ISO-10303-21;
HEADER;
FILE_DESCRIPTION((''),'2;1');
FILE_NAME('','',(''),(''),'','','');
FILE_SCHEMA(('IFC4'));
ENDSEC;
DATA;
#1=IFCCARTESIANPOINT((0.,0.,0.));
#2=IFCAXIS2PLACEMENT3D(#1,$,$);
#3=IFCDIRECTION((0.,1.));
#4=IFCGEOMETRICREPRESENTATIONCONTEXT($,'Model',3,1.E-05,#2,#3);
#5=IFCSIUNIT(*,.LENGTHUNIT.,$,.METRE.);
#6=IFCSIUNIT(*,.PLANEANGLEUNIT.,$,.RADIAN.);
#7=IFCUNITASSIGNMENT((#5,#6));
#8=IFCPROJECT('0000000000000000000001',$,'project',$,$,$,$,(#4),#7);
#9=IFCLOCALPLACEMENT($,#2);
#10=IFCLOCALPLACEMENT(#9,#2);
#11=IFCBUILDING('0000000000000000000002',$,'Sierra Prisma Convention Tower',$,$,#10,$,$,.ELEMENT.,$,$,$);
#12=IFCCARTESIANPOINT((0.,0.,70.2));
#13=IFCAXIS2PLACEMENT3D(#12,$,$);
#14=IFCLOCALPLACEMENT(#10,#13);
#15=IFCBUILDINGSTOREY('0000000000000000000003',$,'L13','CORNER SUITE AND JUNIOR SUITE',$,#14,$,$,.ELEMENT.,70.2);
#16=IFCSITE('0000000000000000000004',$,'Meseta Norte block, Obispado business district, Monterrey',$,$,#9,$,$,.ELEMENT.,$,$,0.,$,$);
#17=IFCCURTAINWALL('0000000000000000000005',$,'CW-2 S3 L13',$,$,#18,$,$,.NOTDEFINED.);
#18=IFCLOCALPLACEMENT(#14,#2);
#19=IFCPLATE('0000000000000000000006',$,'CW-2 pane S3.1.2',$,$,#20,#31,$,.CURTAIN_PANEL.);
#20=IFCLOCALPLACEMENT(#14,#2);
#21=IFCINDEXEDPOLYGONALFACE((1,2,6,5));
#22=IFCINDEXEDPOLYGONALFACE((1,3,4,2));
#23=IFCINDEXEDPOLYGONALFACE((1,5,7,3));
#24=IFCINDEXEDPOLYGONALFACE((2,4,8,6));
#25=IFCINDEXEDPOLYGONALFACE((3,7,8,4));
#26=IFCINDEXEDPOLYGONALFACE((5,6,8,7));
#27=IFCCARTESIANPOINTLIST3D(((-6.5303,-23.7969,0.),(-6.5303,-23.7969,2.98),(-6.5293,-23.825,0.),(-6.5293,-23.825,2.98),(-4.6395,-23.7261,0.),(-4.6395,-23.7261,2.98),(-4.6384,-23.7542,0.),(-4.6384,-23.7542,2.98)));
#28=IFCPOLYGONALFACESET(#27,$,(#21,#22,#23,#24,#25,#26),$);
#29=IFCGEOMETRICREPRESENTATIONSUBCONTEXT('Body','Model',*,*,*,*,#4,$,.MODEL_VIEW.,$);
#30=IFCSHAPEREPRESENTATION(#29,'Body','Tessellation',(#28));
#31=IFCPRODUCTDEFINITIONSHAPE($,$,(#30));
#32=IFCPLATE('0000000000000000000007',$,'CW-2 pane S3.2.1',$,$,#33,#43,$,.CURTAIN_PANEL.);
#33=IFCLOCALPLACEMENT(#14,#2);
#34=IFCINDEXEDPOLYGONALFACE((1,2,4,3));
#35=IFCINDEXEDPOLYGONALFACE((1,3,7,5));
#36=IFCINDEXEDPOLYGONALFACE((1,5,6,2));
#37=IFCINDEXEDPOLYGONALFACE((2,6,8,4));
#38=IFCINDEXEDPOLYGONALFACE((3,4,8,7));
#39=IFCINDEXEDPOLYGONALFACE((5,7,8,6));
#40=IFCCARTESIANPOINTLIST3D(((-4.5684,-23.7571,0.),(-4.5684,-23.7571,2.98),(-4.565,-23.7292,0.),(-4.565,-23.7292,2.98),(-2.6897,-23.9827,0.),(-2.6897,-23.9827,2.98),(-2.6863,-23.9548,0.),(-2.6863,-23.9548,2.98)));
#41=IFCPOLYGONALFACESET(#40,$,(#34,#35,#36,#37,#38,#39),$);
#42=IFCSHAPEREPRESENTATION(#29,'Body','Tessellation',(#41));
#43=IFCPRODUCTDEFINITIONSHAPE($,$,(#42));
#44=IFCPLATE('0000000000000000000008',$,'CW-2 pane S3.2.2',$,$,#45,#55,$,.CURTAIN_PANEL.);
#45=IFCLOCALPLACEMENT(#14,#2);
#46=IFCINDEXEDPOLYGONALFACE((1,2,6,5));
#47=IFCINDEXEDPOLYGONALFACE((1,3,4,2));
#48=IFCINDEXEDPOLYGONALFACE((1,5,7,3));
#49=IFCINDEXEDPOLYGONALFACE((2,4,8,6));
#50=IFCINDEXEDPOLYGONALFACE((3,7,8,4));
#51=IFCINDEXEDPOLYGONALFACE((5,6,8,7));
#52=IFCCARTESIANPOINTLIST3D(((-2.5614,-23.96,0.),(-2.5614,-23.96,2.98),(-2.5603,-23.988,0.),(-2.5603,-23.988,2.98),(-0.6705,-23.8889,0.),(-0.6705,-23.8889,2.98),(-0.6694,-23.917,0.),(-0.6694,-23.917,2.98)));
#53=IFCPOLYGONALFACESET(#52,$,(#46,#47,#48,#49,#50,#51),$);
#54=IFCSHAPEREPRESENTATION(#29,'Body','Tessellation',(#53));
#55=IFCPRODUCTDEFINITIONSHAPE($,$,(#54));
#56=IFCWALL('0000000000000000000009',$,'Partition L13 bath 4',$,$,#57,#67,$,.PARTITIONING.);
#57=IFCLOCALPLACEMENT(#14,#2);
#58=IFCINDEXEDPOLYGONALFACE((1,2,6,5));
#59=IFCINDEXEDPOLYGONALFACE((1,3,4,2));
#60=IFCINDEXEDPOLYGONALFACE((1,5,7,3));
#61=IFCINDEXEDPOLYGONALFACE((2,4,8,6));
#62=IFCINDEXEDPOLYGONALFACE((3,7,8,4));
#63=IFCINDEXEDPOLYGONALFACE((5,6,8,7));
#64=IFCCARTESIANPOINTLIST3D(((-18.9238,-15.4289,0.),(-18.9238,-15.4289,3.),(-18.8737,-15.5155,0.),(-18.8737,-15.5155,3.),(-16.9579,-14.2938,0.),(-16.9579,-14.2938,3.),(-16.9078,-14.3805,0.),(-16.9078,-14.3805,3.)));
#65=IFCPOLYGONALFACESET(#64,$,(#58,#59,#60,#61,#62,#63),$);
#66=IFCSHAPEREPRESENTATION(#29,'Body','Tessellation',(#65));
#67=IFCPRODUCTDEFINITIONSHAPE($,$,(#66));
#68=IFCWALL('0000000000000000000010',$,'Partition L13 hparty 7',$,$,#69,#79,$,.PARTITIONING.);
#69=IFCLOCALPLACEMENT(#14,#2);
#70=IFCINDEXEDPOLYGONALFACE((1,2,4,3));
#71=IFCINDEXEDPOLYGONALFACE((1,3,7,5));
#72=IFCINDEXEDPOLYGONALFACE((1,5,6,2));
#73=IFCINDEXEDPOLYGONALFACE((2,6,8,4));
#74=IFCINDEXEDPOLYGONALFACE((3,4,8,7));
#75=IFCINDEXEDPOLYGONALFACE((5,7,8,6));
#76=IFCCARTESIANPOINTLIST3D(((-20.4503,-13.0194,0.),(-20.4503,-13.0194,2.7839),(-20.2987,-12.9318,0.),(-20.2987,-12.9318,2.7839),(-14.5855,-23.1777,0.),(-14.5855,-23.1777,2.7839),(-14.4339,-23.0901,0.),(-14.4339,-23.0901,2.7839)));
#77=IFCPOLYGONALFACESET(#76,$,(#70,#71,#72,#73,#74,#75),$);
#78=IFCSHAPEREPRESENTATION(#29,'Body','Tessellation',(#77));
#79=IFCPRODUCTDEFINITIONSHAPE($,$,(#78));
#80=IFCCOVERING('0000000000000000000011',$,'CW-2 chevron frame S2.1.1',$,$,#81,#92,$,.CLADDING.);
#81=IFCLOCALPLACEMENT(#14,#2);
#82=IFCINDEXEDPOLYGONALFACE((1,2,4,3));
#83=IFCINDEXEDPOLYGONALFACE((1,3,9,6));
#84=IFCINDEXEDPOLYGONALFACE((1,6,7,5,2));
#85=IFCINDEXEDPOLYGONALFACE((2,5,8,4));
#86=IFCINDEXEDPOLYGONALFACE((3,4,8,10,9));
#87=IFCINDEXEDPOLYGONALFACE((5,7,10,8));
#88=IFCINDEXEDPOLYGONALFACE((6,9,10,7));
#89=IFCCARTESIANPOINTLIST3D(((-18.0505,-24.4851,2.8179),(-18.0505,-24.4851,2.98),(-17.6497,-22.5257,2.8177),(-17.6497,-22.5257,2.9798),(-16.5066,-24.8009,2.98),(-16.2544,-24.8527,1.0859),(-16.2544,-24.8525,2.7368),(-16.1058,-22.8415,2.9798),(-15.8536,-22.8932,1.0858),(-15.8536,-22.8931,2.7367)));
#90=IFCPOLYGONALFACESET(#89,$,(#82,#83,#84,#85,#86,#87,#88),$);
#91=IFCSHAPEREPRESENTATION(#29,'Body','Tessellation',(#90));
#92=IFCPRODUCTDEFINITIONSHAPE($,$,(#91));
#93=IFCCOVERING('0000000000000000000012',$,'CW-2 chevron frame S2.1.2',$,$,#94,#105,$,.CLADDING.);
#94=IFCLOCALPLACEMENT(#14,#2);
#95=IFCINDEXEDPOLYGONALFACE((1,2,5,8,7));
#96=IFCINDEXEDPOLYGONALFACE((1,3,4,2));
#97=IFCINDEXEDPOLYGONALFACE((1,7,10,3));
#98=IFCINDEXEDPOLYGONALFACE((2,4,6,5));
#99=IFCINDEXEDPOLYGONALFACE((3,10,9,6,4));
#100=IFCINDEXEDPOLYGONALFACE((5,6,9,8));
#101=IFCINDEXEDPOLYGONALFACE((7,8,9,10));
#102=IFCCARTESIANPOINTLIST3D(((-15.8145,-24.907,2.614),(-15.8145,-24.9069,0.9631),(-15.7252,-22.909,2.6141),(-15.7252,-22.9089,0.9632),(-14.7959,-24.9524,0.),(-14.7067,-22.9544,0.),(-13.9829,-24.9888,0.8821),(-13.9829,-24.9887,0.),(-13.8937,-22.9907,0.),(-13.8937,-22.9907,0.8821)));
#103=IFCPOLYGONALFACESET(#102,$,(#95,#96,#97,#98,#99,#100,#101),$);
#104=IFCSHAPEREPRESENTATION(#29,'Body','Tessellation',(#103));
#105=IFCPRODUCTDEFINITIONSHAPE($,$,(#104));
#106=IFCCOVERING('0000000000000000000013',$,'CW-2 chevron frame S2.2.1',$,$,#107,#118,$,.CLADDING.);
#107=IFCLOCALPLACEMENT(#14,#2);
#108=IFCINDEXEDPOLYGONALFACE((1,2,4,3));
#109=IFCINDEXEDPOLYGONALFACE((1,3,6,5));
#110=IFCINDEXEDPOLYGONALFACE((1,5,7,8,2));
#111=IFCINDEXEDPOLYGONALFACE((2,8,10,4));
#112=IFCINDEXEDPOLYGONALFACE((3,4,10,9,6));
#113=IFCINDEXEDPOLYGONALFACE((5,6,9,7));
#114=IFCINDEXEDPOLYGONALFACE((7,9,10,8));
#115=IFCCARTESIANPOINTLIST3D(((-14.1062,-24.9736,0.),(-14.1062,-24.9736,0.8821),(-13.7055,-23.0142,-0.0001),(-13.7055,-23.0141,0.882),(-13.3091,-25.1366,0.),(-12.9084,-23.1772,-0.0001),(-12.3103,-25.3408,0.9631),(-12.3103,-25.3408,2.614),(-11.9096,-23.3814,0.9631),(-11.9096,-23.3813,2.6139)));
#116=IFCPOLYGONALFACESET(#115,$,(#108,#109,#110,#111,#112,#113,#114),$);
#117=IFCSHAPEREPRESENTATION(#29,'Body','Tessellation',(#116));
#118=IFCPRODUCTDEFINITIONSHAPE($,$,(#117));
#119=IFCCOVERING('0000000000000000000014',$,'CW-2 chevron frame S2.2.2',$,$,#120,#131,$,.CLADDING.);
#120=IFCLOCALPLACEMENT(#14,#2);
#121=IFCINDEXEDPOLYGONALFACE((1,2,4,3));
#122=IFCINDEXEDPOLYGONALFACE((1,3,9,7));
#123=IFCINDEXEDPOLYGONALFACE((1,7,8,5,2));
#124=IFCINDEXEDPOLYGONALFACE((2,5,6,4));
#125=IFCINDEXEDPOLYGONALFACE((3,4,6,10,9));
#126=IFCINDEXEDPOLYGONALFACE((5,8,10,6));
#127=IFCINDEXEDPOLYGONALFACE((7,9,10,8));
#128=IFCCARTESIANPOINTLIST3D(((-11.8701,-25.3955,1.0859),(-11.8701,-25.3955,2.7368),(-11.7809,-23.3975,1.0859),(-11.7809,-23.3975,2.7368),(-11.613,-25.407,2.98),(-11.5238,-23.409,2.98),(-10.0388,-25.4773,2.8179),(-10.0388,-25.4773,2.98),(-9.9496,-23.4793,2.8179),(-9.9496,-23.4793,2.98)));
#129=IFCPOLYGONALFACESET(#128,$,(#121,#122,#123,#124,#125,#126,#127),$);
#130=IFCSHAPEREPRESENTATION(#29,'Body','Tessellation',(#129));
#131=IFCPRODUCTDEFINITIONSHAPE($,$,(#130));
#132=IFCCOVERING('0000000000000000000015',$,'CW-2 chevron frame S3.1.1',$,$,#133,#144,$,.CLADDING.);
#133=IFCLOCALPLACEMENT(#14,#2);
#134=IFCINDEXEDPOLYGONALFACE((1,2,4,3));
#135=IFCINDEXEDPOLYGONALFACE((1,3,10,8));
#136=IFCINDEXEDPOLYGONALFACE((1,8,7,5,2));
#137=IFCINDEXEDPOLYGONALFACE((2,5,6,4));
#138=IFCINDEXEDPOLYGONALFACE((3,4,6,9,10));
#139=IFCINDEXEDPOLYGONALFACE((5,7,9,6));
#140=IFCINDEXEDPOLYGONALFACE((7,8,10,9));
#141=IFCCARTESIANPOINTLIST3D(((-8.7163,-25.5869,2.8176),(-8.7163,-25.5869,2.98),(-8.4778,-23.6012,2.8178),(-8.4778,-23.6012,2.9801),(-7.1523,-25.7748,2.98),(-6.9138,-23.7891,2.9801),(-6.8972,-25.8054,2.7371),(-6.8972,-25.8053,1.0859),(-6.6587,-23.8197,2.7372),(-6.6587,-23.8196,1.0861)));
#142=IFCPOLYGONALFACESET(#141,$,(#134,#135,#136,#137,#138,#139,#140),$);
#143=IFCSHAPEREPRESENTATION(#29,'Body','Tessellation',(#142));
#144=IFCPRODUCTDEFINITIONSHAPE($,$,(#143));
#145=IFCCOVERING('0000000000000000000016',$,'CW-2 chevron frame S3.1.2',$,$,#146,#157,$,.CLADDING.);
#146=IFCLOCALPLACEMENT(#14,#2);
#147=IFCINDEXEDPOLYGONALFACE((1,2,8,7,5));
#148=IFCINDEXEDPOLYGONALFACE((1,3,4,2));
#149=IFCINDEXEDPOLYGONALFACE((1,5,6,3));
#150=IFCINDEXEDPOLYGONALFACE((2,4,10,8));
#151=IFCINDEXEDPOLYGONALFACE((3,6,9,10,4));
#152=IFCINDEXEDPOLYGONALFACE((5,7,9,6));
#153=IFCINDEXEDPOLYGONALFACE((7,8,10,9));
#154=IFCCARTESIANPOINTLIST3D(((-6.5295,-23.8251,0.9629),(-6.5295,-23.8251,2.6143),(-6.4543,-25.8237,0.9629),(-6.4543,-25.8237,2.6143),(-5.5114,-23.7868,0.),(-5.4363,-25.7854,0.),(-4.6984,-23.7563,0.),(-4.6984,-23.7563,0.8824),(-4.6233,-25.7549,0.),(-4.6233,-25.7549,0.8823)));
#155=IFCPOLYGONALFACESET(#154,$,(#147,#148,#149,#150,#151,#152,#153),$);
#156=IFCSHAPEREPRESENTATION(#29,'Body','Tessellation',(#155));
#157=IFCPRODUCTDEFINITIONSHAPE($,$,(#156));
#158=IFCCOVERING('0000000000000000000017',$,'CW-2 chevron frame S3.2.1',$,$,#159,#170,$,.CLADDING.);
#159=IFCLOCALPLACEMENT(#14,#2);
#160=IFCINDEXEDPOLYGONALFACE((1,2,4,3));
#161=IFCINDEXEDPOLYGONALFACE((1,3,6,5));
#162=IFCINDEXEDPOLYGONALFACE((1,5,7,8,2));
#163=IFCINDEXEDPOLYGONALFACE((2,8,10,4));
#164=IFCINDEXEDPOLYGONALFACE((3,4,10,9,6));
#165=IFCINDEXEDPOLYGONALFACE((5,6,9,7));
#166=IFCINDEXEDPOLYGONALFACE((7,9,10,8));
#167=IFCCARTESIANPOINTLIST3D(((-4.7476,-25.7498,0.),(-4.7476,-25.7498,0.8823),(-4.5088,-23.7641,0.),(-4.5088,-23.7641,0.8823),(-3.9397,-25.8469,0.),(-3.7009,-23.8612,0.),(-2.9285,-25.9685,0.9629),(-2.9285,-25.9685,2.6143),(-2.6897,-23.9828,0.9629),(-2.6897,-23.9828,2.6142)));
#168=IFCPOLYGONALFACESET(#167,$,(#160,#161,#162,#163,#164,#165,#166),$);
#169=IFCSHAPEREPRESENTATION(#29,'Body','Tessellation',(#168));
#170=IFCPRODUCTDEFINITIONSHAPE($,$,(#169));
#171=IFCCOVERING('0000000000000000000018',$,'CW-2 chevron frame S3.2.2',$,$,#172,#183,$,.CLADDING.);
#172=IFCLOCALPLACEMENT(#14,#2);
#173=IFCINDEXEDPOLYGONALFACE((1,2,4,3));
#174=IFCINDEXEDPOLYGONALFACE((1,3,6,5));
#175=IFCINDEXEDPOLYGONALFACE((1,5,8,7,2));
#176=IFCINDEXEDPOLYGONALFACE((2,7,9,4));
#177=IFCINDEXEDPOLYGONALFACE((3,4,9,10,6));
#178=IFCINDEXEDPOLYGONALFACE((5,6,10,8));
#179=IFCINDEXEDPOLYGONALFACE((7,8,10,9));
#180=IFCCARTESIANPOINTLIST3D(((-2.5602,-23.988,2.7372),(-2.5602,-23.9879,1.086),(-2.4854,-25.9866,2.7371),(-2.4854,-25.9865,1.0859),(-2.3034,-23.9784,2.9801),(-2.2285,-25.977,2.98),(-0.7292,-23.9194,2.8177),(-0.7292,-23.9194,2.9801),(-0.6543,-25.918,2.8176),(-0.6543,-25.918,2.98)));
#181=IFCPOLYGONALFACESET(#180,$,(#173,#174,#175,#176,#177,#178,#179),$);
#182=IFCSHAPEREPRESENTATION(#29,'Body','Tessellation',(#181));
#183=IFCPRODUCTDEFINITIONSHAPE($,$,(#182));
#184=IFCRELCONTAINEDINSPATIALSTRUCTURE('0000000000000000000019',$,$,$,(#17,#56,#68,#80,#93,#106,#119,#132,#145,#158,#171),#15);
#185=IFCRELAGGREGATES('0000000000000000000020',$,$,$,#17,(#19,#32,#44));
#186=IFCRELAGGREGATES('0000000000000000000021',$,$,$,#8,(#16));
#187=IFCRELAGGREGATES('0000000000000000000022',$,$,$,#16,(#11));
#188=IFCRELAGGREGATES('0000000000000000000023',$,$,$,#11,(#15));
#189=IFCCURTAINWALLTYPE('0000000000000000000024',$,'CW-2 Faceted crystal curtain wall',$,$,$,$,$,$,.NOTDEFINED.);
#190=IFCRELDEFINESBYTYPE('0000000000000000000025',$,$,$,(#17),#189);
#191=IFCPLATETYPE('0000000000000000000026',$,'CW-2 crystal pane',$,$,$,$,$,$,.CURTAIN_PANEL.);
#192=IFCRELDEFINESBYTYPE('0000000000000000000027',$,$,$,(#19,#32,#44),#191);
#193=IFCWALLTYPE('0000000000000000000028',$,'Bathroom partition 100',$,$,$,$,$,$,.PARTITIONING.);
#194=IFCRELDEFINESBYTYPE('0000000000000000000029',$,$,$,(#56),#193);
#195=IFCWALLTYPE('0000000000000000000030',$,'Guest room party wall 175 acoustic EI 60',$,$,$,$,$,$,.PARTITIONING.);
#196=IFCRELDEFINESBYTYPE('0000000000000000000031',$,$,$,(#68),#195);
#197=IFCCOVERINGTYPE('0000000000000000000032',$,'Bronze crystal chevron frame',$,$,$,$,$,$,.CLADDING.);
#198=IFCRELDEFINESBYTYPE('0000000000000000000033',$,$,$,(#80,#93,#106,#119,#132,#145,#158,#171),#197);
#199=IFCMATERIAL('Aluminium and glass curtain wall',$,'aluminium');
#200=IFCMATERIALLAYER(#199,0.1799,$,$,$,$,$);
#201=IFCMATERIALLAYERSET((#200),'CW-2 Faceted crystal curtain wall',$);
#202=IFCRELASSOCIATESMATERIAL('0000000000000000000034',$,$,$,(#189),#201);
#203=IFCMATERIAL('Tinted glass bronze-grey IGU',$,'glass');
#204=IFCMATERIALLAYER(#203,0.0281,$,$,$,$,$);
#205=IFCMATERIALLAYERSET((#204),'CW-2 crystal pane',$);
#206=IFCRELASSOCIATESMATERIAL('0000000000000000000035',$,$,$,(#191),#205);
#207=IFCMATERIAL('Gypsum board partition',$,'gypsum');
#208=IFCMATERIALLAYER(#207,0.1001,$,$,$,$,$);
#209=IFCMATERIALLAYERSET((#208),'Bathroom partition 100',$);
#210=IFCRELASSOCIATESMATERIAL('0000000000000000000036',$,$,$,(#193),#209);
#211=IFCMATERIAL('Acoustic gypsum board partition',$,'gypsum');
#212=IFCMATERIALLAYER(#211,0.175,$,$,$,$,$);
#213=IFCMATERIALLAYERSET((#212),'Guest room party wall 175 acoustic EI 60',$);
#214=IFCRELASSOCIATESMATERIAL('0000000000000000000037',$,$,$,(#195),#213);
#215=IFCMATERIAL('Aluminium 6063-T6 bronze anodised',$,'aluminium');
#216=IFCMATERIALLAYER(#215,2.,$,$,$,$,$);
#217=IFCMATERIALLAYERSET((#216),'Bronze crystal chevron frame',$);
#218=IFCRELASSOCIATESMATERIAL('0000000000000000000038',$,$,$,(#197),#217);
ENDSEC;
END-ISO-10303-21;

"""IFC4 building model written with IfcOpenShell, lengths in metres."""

from ifc_helpers import new_model, si_unit, direction, frame, frame_2d, origin, place, context, subcontext, project, spatial, polyline, rectangle, outline, extrude, material, layer, layer_set, type_object, element, aggregate, save


model = new_model("IFC4")

# Units and contexts
model_context = context("Model", 3, precision=1e-05, world=origin(), true_north=direction((0.0, 1.0)))
body_context = subcontext(model_context, "Body", "Model", "MODEL_VIEW")
ifc_project = project(units=[si_unit("LENGTHUNIT", "METRE"), si_unit("PLANEANGLEUNIT", "RADIAN")], contexts=[model_context])

# Site, building, storey
site_placement = place(None, origin())
site = spatial("IfcSite", under=ifc_project, at=site_placement, Name="Meseta Norte block, Obispado business district, Monterrey", CompositionType="ELEMENT", RefElevation=0.0)
building_placement = place(site_placement, origin())
building = spatial("IfcBuilding", under=site, at=building_placement, Name="Sierra Prisma Convention Tower", CompositionType="ELEMENT")
storey_placement = place(building_placement, frame((0.0, 0.0, 70.2)))
storey = spatial("IfcBuildingStorey", under=building, at=storey_placement, Name="L13", Description="CORNER SUITE AND JUNIOR SUITE", CompositionType="ELEMENT", Elevation=70.2)

# Curtain wall
ifc_material_1 = material(Name="Aluminium and glass curtain wall", Category="aluminium")
ifc_layer_1 = layer(ifc_material_1, 0.1799)
ifc_layer_set_1 = layer_set([ifc_layer_1], Name="CW-2 Faceted crystal curtain wall")
curtain_wall_type = type_object("IfcCurtainWallType", Name="CW-2 Faceted crystal curtain wall", PredefinedType="NOTDEFINED", material=ifc_layer_set_1)
curtain_wall_1_placement = place(storey_placement, origin())
curtain_wall_1 = element("IfcCurtainWall", 1, at=curtain_wall_1_placement, inside=storey, type_object=curtain_wall_type, Name="CW-2 S3 L13", PredefinedType="NOTDEFINED")

# Plates
ifc_material_2 = material(Name="Tinted glass bronze-grey IGU", Category="glass")
ifc_layer_2 = layer(ifc_material_2, 0.0281)
ifc_layer_set_2 = layer_set([ifc_layer_2], Name="CW-2 crystal pane")
plate_type = type_object("IfcPlateType", Name="CW-2 crystal pane", PredefinedType="CURTAIN_PANEL", material=ifc_layer_set_2)
plate_1_placement = place(storey_placement, frame((-4.6384, -23.7542, 0.0), z_axis=(0.037417, -0.9993, 0.0), x_axis=(-0.9993, -0.037417, 0.0)))
plate_1 = element("IfcPlate", 2, at=plate_1_placement, type_object=plate_type, Name="CW-2 pane S3.1.2", PredefinedType="CURTAIN_PANEL", context=body_context, shape_type="SweptSolid", body=[
    extrude(outline(polyline([(0.0, 0.0), (1.8922, 0.0), (1.8922, -2.98), (0.0, -2.98), (0.0, 0.0)])), origin(), (0.0, 0.0, -1.0), 0.0281),
])
plate_2_placement = place(storey_placement, frame((-4.5684, -23.7571, 0.0), z_axis=(-0.119222, -0.992868, 0.0), x_axis=(0.992868, -0.119222, 0.0)))
plate_2 = element("IfcPlate", 3, at=plate_2_placement, type_object=plate_type, Name="CW-2 pane S3.2.1", PredefinedType="CURTAIN_PANEL", context=body_context, shape_type="SweptSolid", body=[
    extrude(outline(polyline([(0.0, 0.0), (1.8922, 0.0), (1.8922, 2.98), (0.0, 2.98), (0.0, 0.0)])), origin(), (0.0, 0.0, -1.0), 0.0281),
])
plate_3_placement = place(storey_placement, frame((-0.6694, -23.917, 0.0), z_axis=(0.037546, -0.999295, 0.0), x_axis=(-0.999295, -0.037546, 0.0)))
plate_3 = element("IfcPlate", 4, at=plate_3_placement, type_object=plate_type, Name="CW-2 pane S3.2.2", PredefinedType="CURTAIN_PANEL", context=body_context, shape_type="SweptSolid", body=[
    extrude(outline(polyline([(0.0, 0.0), (1.8922, 0.0), (1.8922, -2.98), (0.0, -2.98), (0.0, 0.0)])), origin(), (0.0, 0.0, -1.0), 0.0281),
])
aggregate(curtain_wall_1, [plate_1, plate_2, plate_3])

# Walls
ifc_material_3 = material(Name="Gypsum board partition", Category="gypsum")
ifc_layer_3 = layer(ifc_material_3, 0.1001)
ifc_layer_set_3 = layer_set([ifc_layer_3], Name="Bathroom partition 100")
wall_type_1 = type_object("IfcWallType", Name="Bathroom partition 100", PredefinedType="PARTITIONING", material=ifc_layer_set_3)
wall_1_placement = place(storey_placement, frame((-16.9329, -14.3372, 0.0), z_axis=(0.0, 0.0, 1.0), x_axis=(-0.866017, -0.500014, 0.0)))
element("IfcWall", 5, at=wall_1_placement, inside=storey, type_object=wall_type_1, Name="Partition L13 bath 4", PredefinedType="PARTITIONING", context=body_context, shape_type="SweptSolid", body=[
    extrude(rectangle(XDim=2.27, YDim=0.1001, at=frame_2d((1.135, 0.0))), origin(), (0.0, 0.0, 1.0), 3.0),
])
ifc_material_4 = material(Name="Acoustic gypsum board partition", Category="gypsum")
ifc_layer_4 = layer(ifc_material_4, 0.175)
ifc_layer_set_4 = layer_set([ifc_layer_4], Name="Guest room party wall 175 acoustic EI 60")
wall_type_2 = type_object("IfcWallType", Name="Guest room party wall 175 acoustic EI 60", PredefinedType="PARTITIONING", material=ifc_layer_set_4)
wall_2_placement = place(storey_placement, frame((-14.5098, -23.1338, 0.0), z_axis=(0.0, 0.0, 1.0), x_axis=(-0.499994, 0.866029, 0.0)))
element("IfcWall", 6, at=wall_2_placement, inside=storey, type_object=wall_type_2, Name="Partition L13 hparty 7", PredefinedType="PARTITIONING", context=body_context, shape_type="SweptSolid", body=[
    extrude(rectangle(XDim=11.7297, YDim=0.175, at=frame_2d((5.8647, 0.0))), origin(), (0.0, 0.0, 1.0), 2.7839),
])

# Coverings
ifc_material_5 = material(Name="Aluminium 6063-T6 bronze anodised", Category="aluminium")
ifc_layer_5 = layer(ifc_material_5, 2.0)
ifc_layer_set_5 = layer_set([ifc_layer_5], Name="Bronze crystal chevron frame")
covering_type = type_object("IfcCoveringType", Name="Bronze crystal chevron frame", PredefinedType="CLADDING", material=ifc_layer_set_5)
covering_1_placement = place(storey_placement, frame((-18.0505, -24.4851, 2.98), z_axis=(-0.200406, -0.979713, 0.000081), x_axis=(-0.000016, -0.000079, -1.0)))
element("IfcCovering", 7, at=covering_1_placement, inside=storey, type_object=covering_type, Name="CW-2 chevron frame S2.1.1", PredefinedType="CLADDING", context=body_context, shape_type="SweptSolid", body=[
    extrude(outline(polyline([(0.0, 0.0), (0.1621, 0.0), (1.894, 1.8333), (0.2432, 1.8333), (0.0, 1.5759), (0.0, 0.0)])), origin(), (0.0, 0.0, -1.0), 2.0),
])
covering_2_placement = place(storey_placement, frame((-15.8145, -24.907, 2.614), z_axis=(-0.044623, -0.999004, -0.000025), x_axis=(0.000001, 0.000025, -1.0)))
element("IfcCovering", 8, at=covering_2_placement, inside=storey, type_object=covering_type, Name="CW-2 chevron frame S2.1.2", PredefinedType="CLADDING", context=body_context, shape_type="SweptSolid", body=[
    extrude(outline(polyline([(0.0, 0.0), (1.6509, 0.0), (2.614, 1.0196), (2.614, 1.8334), (1.7319, 1.8334), (0.0, 0.0)])), origin(), (0.0, 0.0, -1.0), 2.0),
])
covering_3_placement = place(storey_placement, frame((-14.1062, -24.9736, 0.0), z_axis=(-0.200333, -0.979728, 0.000036), x_axis=(0.979728, -0.200333, 0.0)))
element("IfcCovering", 9, at=covering_3_placement, inside=storey, type_object=covering_type, Name="CW-2 chevron frame S2.2.1", PredefinedType="CLADDING", context=body_context, shape_type="SweptSolid", body=[
    extrude(outline(polyline([(0.0, 0.0), (0.8136, 0.0), (1.8331, 0.9631), (1.8331, 2.614), (0.0, 0.8821), (0.0, 0.0)])), origin(), (0.0, 0.0, -1.0), 2.0),
])
covering_4_placement = place(storey_placement, frame((-10.0388, -25.4773, 2.98), z_axis=(-0.044617, -0.999004, 0.000003), x_axis=(-0.999004, 0.044617, 0.0)))
element("IfcCovering", 10, at=covering_4_placement, inside=storey, type_object=covering_type, Name="CW-2 chevron frame S2.2.2", PredefinedType="CLADDING", context=body_context, shape_type="SweptSolid", body=[
    extrude(outline(polyline([(0.0, 0.0), (1.5758, 0.0), (1.8331, 0.2432), (1.8331, 1.894), (0.0, 0.1621), (0.0, 0.0)])), origin(), (0.0, 0.0, -1.0), 2.0),
])
covering_5_placement = place(storey_placement, frame((-8.7163, -25.5869, 2.98), z_axis=(-0.119269, -0.992862, -0.000063), x_axis=(0.000007, 0.000062, -1.0)))
element("IfcCovering", 11, at=covering_5_placement, inside=storey, type_object=covering_type, Name="CW-2 chevron frame S3.1.1", PredefinedType="CLADDING", context=body_context, shape_type="SweptSolid", body=[
    extrude(outline(polyline([(0.0, 0.0), (0.1624, 0.0), (1.894, 1.8322), (0.2429, 1.8322), (0.0, 1.5752), (0.0, 0.0)])), origin(), (0.0, 0.0, -1.0), 2.0),
])
covering_6_placement = place(storey_placement, frame((-6.4543, -25.8237, 2.6143), z_axis=(0.037564, -0.999294, -0.000017), x_axis=(-0.000001, 0.000017, -1.0)))
element("IfcCovering", 12, at=covering_6_placement, inside=storey, type_object=covering_type, Name="CW-2 chevron frame S3.1.2", PredefinedType="CLADDING", context=body_context, shape_type="SweptSolid", body=[
    extrude(outline(polyline([(0.0, 0.0), (1.6514, 0.0), (2.6143, 1.0188), (2.6143, 1.8323), (1.7319, 1.8323), (0.0, 0.0)])), origin(), (0.0, 0.0, -1.0), 2.0),
])
covering_7_placement = place(storey_placement, frame((-3.9397, -25.8469, 0.0), z_axis=(-0.119396, -0.992847, 0.000007), x_axis=(0.721473, -0.086757, 0.686986)))
element("IfcCovering", 13, at=covering_7_placement, inside=storey, type_object=covering_type, Name="CW-2 chevron frame S3.2.1", PredefinedType="CLADDING", context=body_context, shape_type="SweptSolid", body=[
    extrude(outline(polyline([(0.0, 0.0), (1.4016, 0.0), (2.5361, 1.2), (0.0149, 1.2001), (-0.5913, 0.559), (0.0, 0.0)])), origin(), (0.0, 0.0, -1.0), 2.0),
])
covering_8_placement = place(storey_placement, frame((-0.6543, -25.918, 2.98), z_axis=(0.037447, -0.999299, -0.00005), x_axis=(-0.999299, -0.037447, 0.0)))
element("IfcCovering", 14, at=covering_8_placement, inside=storey, type_object=covering_type, Name="CW-2 chevron frame S3.2.2", PredefinedType="CLADDING", context=body_context, shape_type="SweptSolid", body=[
    extrude(outline(polyline([(0.0, 0.0), (1.5753, 0.0), (1.8323, 0.2429), (1.8323, 1.894), (0.0, 0.1624), (0.0, 0.0)])), origin(), (0.0, 0.0, -1.0), 2.0),
])

save(model, "model.ifc")
